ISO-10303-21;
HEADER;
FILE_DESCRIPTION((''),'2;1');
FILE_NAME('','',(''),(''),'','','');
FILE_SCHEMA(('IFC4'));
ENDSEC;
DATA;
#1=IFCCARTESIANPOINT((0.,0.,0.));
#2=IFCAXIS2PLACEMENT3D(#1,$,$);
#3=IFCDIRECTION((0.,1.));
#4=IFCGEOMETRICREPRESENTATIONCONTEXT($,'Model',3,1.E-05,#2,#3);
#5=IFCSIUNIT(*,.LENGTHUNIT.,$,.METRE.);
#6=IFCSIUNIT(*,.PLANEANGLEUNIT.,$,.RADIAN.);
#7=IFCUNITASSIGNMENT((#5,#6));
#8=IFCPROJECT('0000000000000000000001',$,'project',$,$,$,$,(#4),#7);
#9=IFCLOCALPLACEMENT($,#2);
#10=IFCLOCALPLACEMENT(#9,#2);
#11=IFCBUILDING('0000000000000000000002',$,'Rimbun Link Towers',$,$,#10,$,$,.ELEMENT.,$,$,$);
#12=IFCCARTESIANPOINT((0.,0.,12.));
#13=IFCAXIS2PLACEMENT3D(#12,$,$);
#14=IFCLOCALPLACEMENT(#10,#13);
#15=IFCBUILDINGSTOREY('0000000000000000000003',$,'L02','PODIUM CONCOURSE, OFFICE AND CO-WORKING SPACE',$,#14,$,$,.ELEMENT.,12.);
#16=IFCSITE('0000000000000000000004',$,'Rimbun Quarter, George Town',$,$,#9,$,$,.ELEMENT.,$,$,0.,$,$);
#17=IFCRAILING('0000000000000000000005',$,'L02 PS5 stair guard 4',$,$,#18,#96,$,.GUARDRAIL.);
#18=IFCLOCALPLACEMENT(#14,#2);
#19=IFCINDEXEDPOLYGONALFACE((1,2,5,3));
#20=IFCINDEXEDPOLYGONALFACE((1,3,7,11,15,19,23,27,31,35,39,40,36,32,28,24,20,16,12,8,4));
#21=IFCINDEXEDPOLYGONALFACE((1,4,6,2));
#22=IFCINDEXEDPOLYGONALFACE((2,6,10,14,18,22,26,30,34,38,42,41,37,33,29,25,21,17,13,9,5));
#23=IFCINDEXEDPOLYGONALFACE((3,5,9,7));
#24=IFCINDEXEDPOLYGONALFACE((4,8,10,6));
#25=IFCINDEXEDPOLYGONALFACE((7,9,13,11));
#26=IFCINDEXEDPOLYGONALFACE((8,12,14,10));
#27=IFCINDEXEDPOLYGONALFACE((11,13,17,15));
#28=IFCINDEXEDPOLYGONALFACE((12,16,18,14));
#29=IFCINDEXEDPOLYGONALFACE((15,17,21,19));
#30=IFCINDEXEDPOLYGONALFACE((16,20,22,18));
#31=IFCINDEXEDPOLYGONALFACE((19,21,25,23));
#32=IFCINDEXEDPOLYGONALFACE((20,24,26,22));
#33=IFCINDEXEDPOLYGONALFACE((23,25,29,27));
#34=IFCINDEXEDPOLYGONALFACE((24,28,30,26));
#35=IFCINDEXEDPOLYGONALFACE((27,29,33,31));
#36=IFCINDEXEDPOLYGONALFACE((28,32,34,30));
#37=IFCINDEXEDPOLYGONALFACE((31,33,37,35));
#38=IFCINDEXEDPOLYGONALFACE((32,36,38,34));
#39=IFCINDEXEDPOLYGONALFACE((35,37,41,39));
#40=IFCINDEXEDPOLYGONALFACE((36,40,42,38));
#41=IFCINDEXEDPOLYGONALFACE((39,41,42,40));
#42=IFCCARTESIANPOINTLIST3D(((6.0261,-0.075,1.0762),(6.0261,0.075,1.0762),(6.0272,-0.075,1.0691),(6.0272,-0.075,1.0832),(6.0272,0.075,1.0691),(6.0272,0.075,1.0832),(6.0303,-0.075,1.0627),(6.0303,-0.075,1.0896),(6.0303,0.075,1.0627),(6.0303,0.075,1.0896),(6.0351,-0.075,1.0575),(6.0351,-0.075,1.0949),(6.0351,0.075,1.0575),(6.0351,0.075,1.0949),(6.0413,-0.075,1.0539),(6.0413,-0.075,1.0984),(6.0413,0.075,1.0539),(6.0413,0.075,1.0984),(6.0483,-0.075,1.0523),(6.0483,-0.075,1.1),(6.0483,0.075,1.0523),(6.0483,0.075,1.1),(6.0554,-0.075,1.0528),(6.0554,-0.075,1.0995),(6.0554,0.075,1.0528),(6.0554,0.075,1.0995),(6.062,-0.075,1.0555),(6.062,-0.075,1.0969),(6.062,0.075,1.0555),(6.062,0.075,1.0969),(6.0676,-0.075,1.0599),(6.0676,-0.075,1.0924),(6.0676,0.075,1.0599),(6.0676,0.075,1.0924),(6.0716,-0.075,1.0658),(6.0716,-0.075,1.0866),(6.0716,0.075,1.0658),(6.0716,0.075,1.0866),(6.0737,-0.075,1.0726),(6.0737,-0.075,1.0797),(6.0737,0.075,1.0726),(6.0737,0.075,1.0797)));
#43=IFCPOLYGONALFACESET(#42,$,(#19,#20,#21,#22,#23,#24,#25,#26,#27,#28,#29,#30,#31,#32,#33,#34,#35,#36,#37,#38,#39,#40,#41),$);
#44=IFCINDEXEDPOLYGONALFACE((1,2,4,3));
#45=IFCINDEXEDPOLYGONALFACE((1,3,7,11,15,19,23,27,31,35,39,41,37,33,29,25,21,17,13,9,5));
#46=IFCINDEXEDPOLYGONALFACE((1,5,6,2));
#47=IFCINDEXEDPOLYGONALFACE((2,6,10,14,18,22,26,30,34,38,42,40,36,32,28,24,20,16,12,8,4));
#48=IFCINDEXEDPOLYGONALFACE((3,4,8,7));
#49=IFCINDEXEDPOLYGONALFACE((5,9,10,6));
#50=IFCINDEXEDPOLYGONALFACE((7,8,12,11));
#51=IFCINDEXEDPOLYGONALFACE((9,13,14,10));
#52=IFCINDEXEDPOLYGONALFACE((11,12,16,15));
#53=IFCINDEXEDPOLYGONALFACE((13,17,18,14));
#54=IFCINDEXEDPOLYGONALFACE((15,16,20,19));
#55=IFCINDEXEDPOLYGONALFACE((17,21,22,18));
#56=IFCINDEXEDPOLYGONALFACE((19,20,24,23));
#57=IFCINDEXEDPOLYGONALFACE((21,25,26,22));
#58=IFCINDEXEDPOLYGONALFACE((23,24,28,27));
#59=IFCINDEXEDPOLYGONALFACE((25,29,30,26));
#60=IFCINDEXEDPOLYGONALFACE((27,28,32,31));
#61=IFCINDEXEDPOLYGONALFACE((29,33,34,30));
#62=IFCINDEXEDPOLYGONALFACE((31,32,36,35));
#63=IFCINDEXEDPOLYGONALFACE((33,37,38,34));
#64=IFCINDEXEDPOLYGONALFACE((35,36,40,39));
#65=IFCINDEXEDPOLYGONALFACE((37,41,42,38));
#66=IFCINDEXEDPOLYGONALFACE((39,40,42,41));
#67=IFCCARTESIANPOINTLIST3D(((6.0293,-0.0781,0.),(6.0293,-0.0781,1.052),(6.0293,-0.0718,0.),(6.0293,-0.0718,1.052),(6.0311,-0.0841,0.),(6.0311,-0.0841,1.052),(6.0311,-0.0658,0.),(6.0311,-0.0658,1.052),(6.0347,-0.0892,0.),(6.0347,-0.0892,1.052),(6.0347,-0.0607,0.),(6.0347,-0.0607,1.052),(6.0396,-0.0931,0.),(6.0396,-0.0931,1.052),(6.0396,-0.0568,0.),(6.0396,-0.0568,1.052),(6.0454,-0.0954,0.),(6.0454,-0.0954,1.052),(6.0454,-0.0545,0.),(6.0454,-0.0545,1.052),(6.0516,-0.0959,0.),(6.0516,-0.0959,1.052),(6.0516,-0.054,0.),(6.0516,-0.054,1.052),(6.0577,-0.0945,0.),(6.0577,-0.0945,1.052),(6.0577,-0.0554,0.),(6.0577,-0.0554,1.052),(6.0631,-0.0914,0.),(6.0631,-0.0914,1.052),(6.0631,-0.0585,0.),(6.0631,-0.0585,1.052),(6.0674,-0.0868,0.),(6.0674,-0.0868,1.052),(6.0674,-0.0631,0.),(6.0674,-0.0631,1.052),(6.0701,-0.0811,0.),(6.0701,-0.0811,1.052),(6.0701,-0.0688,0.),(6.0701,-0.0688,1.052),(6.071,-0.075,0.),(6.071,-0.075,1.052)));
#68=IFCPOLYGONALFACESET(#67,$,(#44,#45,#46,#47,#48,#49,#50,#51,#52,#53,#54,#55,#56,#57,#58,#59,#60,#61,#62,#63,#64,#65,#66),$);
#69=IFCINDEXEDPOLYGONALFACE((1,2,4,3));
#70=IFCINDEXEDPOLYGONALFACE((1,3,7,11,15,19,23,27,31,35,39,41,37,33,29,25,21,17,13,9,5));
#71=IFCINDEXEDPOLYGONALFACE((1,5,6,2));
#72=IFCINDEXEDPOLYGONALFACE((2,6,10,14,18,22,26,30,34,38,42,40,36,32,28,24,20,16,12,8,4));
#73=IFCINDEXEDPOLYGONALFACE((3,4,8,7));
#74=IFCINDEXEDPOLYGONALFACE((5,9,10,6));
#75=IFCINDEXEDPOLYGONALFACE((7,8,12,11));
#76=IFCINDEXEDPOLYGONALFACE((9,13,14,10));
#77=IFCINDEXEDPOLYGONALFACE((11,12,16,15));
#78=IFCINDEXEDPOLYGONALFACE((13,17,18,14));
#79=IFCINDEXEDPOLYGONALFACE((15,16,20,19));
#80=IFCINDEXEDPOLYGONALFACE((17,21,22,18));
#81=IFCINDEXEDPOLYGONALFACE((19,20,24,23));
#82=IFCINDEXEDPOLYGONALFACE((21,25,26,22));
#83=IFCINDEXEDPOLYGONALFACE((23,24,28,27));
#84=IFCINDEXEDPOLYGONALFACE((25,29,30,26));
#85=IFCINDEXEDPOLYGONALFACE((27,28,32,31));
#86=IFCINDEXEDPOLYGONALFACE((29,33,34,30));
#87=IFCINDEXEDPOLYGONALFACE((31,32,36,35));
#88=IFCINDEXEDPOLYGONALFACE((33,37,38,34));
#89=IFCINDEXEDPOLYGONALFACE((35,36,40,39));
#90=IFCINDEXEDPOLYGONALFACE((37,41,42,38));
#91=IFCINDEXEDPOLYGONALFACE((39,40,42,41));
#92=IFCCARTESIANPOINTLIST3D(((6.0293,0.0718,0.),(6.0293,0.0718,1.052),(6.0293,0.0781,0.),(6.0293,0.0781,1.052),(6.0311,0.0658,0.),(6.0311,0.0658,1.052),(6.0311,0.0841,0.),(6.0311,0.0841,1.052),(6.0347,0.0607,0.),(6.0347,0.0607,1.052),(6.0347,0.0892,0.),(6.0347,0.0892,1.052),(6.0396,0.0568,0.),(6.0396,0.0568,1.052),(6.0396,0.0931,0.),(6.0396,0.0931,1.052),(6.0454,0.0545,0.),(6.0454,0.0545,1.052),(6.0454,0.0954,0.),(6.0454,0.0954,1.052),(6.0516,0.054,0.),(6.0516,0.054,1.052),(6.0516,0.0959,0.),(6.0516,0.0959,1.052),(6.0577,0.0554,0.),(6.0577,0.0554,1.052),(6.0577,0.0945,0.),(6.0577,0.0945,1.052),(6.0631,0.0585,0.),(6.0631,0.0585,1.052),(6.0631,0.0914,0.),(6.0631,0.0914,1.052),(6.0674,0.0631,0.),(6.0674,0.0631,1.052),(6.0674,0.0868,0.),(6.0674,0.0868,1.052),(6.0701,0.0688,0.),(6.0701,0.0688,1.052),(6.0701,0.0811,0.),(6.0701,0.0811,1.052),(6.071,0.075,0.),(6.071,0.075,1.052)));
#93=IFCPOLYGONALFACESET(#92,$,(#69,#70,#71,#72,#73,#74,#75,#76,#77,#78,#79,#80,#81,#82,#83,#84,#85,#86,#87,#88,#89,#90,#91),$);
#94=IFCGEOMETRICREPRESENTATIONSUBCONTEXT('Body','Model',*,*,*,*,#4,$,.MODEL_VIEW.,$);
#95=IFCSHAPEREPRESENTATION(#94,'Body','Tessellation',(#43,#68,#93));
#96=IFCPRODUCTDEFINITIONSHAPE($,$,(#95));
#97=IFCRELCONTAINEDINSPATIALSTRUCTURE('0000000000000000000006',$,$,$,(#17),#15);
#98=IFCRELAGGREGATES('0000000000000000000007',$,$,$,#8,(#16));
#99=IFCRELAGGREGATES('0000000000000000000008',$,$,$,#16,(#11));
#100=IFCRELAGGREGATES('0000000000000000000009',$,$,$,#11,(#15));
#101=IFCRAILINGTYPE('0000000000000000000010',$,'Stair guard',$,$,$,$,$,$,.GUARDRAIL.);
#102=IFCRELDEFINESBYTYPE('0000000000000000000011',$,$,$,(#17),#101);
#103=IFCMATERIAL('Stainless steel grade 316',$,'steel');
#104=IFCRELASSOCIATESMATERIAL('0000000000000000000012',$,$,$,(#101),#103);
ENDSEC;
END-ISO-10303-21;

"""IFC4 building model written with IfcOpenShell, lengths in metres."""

from ifc_helpers import new_model, si_unit, direction, frame, origin, origin_2d, place, context, subcontext, project, spatial, circle, extrude, material, type_object, element, save


model = new_model("IFC4")

# Units and contexts
model_context = context("Model", 3, precision=1e-05, world=origin(), true_north=direction((0.0, 1.0)))
body_context = subcontext(model_context, "Body", "Model", "MODEL_VIEW")
ifc_project = project(units=[si_unit("LENGTHUNIT", "METRE"), si_unit("PLANEANGLEUNIT", "RADIAN")], contexts=[model_context])

# Site, building, storey
site_placement = place(None, origin())
site = spatial("IfcSite", under=ifc_project, at=site_placement, Name="Rimbun Quarter, George Town", CompositionType="ELEMENT", RefElevation=0.0)
building_placement = place(site_placement, origin())
building = spatial("IfcBuilding", under=site, at=building_placement, Name="Rimbun Link Towers", CompositionType="ELEMENT")
storey_placement = place(building_placement, frame((0.0, 0.0, 12.0)))
storey = spatial("IfcBuildingStorey", under=building, at=storey_placement, Name="L02", Description="PODIUM CONCOURSE, OFFICE AND CO-WORKING SPACE", CompositionType="ELEMENT", Elevation=12.0)

# Railing
ifc_material_1 = material(Name="Stainless steel grade 316", Category="steel")
railing_type_1 = type_object("IfcRailingType", Name="Stair guard", PredefinedType="GUARDRAIL", material=ifc_material_1)
railing_1_placement = place(storey_placement, frame((6.05, -0.075, 0.0)))
element("IfcRailing", 1, at=railing_1_placement, inside=storey, type_object=railing_type_1, Name="L02 PS5 stair guard 4", PredefinedType="GUARDRAIL", context=body_context, shape_type="SweptSolid", body=[
    extrude(circle(Radius=0.0239, at=origin_2d()), frame((0.0, 0.0, 1.0762), z_axis=(0.0, 1.0, 0.0), x_axis=(-1.0, 0.0, 0.0)), (0.0, 0.0, 1.0), 0.1499),
    extrude(circle(Radius=0.021, at=origin_2d()), origin(), (0.0, 0.0, 1.0), 1.052),
    extrude(circle(Radius=0.021, at=origin_2d()), frame((0.0, 0.1499, 0.0)), (0.0, 0.0, 1.0), 1.052),
])

save(model, "model.ifc")
